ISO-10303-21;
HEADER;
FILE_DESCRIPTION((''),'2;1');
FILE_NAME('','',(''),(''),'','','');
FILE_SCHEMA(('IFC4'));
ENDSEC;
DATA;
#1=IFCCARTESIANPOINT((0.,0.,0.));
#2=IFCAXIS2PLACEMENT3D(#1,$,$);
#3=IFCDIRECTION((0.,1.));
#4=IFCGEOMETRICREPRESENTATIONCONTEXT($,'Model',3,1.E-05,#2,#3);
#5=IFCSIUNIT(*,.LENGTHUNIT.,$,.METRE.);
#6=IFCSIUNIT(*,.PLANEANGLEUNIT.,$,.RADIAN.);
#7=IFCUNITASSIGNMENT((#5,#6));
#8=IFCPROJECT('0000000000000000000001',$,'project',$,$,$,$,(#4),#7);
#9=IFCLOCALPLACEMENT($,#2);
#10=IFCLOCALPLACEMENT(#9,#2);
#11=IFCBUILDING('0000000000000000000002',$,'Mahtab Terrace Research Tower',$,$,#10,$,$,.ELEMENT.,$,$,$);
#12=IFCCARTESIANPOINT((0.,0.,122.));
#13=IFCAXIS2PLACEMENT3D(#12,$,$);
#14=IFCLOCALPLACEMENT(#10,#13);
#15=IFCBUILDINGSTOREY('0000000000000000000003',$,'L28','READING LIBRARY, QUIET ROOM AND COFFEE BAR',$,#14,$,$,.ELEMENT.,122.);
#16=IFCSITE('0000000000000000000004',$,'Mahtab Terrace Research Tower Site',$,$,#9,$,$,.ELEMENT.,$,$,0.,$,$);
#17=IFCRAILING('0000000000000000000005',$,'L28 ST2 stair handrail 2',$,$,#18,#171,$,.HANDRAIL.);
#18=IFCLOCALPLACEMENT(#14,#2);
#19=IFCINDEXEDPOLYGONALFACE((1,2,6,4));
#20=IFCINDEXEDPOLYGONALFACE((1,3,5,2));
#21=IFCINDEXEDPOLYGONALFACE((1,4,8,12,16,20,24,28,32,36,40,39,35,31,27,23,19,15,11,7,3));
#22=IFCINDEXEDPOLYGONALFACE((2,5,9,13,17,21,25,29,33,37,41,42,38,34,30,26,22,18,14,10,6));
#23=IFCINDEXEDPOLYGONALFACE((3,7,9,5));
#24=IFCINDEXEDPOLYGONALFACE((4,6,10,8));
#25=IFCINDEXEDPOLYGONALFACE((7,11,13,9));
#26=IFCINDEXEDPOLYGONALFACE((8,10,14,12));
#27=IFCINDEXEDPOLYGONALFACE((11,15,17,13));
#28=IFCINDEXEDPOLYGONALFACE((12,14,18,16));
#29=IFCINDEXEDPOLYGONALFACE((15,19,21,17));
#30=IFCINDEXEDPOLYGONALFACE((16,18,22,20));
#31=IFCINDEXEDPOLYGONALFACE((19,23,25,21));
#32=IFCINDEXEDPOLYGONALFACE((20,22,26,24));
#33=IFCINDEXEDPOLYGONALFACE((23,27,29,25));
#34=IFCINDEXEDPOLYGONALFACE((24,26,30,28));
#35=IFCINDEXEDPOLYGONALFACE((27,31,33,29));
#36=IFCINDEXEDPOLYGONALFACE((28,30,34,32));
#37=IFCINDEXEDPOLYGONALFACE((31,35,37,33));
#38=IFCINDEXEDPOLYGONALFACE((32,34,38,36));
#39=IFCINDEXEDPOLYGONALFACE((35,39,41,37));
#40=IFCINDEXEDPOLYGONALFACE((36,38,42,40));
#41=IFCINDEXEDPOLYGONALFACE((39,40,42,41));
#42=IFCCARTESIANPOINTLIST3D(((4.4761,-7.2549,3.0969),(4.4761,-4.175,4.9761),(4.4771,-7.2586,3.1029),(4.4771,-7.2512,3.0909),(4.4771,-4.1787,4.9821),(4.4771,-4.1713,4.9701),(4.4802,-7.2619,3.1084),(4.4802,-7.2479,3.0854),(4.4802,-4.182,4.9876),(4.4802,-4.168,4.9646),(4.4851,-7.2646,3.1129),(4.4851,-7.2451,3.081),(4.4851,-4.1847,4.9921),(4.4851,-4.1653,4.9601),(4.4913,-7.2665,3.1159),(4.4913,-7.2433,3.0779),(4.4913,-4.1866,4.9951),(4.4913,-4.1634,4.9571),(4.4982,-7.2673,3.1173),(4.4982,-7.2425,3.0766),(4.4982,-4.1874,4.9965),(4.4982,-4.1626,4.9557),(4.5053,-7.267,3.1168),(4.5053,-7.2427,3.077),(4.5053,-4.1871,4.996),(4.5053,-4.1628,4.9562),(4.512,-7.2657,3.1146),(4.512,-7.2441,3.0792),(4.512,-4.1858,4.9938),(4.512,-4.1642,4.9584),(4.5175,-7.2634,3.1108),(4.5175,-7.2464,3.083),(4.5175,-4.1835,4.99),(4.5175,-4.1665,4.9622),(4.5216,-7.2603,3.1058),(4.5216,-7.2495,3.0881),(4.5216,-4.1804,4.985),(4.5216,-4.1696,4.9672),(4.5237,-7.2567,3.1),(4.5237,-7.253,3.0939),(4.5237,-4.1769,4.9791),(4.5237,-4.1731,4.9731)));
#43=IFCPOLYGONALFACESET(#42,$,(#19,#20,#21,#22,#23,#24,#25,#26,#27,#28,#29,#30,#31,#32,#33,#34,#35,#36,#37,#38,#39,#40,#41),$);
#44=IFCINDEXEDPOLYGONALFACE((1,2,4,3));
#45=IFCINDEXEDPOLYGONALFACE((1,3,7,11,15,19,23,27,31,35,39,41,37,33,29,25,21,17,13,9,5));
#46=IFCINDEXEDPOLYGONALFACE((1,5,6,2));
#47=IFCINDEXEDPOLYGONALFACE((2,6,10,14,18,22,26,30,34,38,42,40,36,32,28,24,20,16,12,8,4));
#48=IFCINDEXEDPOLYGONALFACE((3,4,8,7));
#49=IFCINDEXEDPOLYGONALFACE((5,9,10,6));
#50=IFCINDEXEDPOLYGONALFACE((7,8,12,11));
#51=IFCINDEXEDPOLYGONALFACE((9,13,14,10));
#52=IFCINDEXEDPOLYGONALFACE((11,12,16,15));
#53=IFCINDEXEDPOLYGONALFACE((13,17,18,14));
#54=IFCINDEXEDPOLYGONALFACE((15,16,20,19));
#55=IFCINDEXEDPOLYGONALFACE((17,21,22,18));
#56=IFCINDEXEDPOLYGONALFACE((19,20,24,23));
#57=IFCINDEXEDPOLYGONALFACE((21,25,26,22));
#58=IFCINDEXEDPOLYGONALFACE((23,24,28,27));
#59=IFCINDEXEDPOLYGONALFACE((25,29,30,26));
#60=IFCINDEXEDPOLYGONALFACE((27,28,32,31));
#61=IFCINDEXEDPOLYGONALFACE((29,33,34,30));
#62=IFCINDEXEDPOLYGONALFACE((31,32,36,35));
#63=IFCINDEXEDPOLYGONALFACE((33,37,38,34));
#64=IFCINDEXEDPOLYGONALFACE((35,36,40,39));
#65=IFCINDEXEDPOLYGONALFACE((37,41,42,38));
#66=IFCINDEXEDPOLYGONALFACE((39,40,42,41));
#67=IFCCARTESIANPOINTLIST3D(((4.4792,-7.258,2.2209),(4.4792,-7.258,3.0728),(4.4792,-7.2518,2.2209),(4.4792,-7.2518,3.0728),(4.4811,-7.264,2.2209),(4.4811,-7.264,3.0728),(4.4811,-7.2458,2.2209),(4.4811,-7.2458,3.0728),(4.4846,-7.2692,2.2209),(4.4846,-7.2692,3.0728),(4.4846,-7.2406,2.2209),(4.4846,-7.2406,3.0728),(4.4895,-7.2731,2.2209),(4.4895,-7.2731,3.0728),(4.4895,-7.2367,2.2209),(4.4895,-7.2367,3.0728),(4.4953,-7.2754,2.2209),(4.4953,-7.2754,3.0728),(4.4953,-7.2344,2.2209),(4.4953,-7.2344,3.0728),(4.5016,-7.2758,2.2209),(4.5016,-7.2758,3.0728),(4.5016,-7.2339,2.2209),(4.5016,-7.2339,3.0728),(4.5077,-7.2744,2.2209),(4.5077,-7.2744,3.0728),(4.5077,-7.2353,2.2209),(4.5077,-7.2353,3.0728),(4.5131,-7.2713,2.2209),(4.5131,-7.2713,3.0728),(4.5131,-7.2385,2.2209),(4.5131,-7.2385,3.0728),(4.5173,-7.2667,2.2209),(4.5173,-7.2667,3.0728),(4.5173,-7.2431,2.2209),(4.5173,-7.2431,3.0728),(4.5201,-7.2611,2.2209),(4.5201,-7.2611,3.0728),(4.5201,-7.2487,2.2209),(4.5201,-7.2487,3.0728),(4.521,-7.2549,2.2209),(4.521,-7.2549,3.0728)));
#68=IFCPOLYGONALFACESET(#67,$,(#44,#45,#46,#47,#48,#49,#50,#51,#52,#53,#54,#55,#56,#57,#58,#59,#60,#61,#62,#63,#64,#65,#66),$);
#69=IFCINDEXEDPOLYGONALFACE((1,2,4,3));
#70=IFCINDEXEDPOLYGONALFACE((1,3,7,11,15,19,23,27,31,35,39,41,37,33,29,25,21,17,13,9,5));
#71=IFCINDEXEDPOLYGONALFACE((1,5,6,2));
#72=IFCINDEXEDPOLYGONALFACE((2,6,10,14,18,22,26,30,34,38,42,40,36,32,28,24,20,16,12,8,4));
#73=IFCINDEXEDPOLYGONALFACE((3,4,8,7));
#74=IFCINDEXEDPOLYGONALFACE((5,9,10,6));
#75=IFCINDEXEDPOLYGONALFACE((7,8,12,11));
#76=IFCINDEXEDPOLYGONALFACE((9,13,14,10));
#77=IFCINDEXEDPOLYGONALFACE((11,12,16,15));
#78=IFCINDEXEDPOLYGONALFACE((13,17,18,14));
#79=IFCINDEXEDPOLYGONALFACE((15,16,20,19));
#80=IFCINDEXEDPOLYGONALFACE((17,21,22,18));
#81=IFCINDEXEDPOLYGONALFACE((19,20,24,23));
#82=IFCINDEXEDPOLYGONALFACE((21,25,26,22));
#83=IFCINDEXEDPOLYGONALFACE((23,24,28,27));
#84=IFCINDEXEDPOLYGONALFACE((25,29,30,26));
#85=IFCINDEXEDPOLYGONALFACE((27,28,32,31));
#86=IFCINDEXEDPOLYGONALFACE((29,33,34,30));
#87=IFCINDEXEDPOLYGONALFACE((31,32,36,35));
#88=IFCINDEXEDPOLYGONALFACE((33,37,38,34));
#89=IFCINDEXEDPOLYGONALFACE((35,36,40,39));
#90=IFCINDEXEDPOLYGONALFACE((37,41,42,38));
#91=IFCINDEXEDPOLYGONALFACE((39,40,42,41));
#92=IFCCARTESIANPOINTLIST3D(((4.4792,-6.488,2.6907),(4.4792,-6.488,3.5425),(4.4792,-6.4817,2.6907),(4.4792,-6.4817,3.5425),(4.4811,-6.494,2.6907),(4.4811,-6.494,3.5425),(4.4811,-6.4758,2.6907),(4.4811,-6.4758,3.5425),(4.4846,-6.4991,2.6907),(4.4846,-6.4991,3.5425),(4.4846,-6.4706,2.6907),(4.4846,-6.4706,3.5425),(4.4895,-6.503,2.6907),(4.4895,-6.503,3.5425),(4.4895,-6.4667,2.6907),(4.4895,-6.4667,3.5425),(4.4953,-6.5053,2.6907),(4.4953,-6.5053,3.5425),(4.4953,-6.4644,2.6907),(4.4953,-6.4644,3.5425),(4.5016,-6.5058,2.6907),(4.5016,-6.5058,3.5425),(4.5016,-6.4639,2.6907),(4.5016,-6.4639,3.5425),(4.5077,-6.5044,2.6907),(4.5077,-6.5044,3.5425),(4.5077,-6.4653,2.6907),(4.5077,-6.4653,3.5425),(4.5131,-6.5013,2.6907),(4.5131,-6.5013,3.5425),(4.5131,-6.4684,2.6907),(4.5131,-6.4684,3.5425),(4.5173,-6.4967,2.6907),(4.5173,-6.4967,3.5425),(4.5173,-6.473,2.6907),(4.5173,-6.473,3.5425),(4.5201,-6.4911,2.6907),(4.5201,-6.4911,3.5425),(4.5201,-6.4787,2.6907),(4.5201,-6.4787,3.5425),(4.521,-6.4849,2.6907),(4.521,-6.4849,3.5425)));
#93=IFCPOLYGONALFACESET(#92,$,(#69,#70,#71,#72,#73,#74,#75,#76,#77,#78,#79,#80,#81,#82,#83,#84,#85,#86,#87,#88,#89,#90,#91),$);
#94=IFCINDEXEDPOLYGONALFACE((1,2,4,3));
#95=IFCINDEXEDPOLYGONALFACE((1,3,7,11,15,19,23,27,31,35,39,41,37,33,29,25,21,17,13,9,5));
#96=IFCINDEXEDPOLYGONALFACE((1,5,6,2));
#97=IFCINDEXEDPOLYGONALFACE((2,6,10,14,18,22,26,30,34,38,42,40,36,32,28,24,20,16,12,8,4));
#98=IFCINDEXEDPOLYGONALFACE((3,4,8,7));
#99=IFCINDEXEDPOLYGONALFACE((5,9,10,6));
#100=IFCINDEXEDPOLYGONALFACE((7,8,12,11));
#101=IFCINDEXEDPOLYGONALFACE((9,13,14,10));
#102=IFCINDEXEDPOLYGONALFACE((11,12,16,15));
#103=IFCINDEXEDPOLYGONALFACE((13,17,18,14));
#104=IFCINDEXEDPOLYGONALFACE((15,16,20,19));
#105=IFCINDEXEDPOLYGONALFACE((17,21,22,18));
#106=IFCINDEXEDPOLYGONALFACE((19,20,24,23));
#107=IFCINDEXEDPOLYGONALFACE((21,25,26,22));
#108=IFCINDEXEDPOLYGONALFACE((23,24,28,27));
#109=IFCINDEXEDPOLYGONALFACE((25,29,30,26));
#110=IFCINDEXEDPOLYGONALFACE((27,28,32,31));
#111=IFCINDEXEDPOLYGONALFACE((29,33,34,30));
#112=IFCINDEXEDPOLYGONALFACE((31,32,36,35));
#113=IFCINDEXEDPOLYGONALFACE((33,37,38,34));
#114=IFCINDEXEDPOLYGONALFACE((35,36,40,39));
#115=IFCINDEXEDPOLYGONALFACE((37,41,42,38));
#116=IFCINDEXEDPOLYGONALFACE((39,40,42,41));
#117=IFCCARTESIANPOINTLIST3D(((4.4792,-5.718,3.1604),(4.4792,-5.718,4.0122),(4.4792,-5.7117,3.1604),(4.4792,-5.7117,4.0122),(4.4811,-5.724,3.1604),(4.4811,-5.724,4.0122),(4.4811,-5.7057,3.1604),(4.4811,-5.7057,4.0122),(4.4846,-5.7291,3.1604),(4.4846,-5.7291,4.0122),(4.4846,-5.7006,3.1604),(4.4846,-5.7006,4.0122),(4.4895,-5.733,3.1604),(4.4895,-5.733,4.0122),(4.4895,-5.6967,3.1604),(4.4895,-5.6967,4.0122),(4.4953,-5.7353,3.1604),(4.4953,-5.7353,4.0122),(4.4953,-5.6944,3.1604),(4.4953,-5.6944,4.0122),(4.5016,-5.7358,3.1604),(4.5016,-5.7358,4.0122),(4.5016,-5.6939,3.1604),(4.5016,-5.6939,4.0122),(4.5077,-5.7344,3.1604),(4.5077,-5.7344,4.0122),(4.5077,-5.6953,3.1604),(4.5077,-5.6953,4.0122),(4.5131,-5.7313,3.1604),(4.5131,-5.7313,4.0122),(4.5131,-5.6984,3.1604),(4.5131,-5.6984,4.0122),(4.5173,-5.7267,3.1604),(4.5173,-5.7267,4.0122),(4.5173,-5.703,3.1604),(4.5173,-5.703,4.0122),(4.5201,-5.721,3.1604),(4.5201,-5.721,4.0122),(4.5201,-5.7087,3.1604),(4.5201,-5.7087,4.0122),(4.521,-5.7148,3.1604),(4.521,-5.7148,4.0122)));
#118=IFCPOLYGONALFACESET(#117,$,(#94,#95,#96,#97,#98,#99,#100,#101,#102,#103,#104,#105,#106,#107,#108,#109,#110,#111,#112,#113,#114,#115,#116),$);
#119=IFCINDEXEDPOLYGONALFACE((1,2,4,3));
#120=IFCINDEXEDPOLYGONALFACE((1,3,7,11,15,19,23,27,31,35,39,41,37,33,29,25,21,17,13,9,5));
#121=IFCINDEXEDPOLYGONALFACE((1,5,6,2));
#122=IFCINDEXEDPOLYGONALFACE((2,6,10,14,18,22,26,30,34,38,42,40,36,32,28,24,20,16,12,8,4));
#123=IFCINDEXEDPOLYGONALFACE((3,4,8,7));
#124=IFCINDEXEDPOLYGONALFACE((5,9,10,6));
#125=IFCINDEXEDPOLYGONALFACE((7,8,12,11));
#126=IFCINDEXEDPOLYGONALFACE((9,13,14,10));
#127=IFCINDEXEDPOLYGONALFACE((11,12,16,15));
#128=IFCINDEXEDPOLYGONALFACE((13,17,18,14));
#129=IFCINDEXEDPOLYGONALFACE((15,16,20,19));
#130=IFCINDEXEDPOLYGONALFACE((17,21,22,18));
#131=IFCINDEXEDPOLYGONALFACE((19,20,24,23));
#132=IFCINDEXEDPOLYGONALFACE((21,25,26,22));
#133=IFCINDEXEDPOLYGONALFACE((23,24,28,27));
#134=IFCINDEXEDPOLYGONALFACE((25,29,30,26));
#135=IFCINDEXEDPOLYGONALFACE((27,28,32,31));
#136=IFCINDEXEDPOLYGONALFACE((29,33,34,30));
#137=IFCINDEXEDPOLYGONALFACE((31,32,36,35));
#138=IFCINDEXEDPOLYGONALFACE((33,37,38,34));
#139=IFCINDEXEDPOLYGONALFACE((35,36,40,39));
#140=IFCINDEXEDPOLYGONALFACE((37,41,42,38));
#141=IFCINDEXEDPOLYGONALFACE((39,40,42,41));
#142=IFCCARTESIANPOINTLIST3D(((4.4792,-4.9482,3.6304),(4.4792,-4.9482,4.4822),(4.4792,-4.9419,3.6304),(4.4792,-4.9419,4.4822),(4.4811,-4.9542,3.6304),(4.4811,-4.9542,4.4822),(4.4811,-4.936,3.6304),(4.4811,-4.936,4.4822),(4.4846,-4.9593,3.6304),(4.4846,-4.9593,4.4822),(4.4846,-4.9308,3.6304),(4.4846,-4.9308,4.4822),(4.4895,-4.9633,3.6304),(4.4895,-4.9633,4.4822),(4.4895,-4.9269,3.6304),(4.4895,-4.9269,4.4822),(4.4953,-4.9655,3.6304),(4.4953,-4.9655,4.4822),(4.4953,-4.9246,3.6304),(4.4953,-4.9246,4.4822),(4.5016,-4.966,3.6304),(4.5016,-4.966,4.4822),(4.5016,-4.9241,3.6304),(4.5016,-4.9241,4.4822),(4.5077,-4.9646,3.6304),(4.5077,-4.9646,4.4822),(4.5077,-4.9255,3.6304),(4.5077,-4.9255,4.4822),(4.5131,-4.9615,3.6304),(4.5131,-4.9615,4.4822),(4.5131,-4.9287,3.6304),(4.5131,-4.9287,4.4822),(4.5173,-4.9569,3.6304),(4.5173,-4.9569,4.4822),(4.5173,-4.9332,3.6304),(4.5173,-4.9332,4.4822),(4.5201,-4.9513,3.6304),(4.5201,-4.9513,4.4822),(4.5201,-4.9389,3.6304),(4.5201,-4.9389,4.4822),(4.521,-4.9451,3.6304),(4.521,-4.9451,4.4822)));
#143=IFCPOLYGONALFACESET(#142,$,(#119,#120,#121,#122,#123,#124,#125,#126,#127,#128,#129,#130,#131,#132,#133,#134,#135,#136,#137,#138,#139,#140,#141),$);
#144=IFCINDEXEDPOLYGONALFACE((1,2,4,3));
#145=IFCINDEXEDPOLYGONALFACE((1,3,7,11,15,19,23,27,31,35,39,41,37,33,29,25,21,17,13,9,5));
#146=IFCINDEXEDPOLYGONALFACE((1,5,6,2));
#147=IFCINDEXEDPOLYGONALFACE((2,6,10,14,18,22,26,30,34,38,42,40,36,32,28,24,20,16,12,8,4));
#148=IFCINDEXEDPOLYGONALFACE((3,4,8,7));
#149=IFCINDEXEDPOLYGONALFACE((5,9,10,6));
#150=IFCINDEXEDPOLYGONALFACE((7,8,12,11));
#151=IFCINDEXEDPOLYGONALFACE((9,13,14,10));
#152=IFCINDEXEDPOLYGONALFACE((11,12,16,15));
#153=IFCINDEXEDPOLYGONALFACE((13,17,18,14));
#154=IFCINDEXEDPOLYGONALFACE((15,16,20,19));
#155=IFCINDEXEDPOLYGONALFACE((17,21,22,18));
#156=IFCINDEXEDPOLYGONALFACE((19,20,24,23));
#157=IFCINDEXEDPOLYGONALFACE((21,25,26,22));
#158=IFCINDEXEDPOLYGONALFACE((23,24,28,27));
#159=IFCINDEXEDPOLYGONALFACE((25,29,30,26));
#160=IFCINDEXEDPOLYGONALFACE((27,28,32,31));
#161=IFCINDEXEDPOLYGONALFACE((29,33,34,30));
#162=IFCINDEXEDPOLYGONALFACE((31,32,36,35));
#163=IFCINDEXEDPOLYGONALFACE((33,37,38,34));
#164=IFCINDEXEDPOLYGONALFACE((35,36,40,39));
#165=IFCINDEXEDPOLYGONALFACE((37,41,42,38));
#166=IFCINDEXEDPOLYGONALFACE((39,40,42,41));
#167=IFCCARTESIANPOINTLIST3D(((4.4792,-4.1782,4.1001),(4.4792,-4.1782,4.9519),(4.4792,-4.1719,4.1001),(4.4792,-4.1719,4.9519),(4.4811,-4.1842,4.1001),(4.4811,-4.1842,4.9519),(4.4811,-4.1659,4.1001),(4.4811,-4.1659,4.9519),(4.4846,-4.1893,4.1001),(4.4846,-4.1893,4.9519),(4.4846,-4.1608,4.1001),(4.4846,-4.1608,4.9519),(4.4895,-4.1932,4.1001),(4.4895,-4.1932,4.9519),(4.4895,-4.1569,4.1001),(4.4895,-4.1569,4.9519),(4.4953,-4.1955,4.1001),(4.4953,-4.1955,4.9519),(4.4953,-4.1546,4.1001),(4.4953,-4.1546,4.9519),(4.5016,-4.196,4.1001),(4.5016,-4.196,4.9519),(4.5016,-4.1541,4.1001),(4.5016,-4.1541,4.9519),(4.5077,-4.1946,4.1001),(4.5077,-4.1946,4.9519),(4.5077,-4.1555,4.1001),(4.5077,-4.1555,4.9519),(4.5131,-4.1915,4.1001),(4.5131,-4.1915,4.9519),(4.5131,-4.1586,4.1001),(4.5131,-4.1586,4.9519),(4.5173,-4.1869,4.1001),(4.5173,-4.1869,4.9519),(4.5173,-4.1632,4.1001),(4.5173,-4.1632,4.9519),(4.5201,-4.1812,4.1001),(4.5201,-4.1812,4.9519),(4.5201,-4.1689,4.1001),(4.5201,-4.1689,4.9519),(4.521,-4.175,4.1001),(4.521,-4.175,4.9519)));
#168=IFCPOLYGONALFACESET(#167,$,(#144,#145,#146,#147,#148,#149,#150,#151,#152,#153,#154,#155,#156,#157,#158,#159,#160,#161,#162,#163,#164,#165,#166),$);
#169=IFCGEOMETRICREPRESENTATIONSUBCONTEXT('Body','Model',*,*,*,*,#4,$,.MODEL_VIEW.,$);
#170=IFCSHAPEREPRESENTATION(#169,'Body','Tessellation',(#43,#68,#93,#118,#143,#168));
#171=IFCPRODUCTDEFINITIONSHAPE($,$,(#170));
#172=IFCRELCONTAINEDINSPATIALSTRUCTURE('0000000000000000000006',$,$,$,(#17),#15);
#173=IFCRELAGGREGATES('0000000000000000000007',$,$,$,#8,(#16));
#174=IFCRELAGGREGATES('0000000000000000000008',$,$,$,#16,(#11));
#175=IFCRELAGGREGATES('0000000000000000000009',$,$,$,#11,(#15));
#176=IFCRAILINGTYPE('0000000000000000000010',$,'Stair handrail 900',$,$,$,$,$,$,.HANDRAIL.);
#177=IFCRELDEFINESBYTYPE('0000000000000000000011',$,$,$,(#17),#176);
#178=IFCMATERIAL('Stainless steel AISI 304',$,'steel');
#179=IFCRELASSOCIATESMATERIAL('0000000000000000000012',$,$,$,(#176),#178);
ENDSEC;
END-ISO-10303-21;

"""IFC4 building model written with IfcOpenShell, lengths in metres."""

from ifc_helpers import new_model, si_unit, direction, frame, origin, origin_2d, place, context, subcontext, project, spatial, circle, extrude, material, type_object, element, save


model = new_model("IFC4")

# Units and contexts
model_context = context("Model", 3, precision=1e-05, world=origin(), true_north=direction((0.0, 1.0)))
body_context = subcontext(model_context, "Body", "Model", "MODEL_VIEW")
ifc_project = project(units=[si_unit("LENGTHUNIT", "METRE"), si_unit("PLANEANGLEUNIT", "RADIAN")], contexts=[model_context])

# Site, building, storey
site_placement = place(None, origin())
site = spatial("IfcSite", under=ifc_project, at=site_placement, Name="Mahtab Terrace Research Tower Site", CompositionType="ELEMENT", RefElevation=0.0)
building_placement = place(site_placement, origin())
building = spatial("IfcBuilding", under=site, at=building_placement, Name="Mahtab Terrace Research Tower", CompositionType="ELEMENT")
storey_placement = place(building_placement, frame((0.0, 0.0, 122.0)))
storey = spatial("IfcBuildingStorey", under=building, at=storey_placement, Name="L28", Description="READING LIBRARY, QUIET ROOM AND COFFEE BAR", CompositionType="ELEMENT", Elevation=122.0)

# Railing
ifc_material_1 = material(Name="Stainless steel AISI 304", Category="steel")
railing_type = type_object("IfcRailingType", Name="Stair handrail 900", PredefinedType="HANDRAIL", material=ifc_material_1)
railing_placement = place(storey_placement, frame((4.5, -7.2549, 2.2209)))
element("IfcRailing", 1, at=railing_placement, inside=storey, type_object=railing_type, Name="L28 ST2 stair handrail 2", PredefinedType="HANDRAIL", context=body_context, shape_type="SweptSolid", body=[
    extrude(circle(Radius=0.0239, at=origin_2d()), frame((0.0, 0.0, 0.876), z_axis=(0.0, 0.853648, 0.52085), x_axis=(-1.0, 0.0, 0.0)), (0.0, 0.0, 1.0), 3.6079),
    extrude(circle(Radius=0.021, at=origin_2d()), origin(), (0.0, 0.0, 1.0), 0.8518),
    extrude(circle(Radius=0.021, at=origin_2d()), frame((0.0, 0.77, 0.4697)), (0.0, 0.0, 1.0), 0.8518),
    extrude(circle(Radius=0.021, at=origin_2d()), frame((0.0, 1.54, 0.9395)), (0.0, 0.0, 1.0), 0.8518),
    extrude(circle(Radius=0.021, at=origin_2d()), frame((0.0, 2.3098, 1.4094)), (0.0, 0.0, 1.0), 0.8518),
    extrude(circle(Radius=0.021, at=origin_2d()), frame((0.0, 3.0798, 1.8792)), (0.0, 0.0, 1.0), 0.8518),
])

save(model, "model.ifc")
